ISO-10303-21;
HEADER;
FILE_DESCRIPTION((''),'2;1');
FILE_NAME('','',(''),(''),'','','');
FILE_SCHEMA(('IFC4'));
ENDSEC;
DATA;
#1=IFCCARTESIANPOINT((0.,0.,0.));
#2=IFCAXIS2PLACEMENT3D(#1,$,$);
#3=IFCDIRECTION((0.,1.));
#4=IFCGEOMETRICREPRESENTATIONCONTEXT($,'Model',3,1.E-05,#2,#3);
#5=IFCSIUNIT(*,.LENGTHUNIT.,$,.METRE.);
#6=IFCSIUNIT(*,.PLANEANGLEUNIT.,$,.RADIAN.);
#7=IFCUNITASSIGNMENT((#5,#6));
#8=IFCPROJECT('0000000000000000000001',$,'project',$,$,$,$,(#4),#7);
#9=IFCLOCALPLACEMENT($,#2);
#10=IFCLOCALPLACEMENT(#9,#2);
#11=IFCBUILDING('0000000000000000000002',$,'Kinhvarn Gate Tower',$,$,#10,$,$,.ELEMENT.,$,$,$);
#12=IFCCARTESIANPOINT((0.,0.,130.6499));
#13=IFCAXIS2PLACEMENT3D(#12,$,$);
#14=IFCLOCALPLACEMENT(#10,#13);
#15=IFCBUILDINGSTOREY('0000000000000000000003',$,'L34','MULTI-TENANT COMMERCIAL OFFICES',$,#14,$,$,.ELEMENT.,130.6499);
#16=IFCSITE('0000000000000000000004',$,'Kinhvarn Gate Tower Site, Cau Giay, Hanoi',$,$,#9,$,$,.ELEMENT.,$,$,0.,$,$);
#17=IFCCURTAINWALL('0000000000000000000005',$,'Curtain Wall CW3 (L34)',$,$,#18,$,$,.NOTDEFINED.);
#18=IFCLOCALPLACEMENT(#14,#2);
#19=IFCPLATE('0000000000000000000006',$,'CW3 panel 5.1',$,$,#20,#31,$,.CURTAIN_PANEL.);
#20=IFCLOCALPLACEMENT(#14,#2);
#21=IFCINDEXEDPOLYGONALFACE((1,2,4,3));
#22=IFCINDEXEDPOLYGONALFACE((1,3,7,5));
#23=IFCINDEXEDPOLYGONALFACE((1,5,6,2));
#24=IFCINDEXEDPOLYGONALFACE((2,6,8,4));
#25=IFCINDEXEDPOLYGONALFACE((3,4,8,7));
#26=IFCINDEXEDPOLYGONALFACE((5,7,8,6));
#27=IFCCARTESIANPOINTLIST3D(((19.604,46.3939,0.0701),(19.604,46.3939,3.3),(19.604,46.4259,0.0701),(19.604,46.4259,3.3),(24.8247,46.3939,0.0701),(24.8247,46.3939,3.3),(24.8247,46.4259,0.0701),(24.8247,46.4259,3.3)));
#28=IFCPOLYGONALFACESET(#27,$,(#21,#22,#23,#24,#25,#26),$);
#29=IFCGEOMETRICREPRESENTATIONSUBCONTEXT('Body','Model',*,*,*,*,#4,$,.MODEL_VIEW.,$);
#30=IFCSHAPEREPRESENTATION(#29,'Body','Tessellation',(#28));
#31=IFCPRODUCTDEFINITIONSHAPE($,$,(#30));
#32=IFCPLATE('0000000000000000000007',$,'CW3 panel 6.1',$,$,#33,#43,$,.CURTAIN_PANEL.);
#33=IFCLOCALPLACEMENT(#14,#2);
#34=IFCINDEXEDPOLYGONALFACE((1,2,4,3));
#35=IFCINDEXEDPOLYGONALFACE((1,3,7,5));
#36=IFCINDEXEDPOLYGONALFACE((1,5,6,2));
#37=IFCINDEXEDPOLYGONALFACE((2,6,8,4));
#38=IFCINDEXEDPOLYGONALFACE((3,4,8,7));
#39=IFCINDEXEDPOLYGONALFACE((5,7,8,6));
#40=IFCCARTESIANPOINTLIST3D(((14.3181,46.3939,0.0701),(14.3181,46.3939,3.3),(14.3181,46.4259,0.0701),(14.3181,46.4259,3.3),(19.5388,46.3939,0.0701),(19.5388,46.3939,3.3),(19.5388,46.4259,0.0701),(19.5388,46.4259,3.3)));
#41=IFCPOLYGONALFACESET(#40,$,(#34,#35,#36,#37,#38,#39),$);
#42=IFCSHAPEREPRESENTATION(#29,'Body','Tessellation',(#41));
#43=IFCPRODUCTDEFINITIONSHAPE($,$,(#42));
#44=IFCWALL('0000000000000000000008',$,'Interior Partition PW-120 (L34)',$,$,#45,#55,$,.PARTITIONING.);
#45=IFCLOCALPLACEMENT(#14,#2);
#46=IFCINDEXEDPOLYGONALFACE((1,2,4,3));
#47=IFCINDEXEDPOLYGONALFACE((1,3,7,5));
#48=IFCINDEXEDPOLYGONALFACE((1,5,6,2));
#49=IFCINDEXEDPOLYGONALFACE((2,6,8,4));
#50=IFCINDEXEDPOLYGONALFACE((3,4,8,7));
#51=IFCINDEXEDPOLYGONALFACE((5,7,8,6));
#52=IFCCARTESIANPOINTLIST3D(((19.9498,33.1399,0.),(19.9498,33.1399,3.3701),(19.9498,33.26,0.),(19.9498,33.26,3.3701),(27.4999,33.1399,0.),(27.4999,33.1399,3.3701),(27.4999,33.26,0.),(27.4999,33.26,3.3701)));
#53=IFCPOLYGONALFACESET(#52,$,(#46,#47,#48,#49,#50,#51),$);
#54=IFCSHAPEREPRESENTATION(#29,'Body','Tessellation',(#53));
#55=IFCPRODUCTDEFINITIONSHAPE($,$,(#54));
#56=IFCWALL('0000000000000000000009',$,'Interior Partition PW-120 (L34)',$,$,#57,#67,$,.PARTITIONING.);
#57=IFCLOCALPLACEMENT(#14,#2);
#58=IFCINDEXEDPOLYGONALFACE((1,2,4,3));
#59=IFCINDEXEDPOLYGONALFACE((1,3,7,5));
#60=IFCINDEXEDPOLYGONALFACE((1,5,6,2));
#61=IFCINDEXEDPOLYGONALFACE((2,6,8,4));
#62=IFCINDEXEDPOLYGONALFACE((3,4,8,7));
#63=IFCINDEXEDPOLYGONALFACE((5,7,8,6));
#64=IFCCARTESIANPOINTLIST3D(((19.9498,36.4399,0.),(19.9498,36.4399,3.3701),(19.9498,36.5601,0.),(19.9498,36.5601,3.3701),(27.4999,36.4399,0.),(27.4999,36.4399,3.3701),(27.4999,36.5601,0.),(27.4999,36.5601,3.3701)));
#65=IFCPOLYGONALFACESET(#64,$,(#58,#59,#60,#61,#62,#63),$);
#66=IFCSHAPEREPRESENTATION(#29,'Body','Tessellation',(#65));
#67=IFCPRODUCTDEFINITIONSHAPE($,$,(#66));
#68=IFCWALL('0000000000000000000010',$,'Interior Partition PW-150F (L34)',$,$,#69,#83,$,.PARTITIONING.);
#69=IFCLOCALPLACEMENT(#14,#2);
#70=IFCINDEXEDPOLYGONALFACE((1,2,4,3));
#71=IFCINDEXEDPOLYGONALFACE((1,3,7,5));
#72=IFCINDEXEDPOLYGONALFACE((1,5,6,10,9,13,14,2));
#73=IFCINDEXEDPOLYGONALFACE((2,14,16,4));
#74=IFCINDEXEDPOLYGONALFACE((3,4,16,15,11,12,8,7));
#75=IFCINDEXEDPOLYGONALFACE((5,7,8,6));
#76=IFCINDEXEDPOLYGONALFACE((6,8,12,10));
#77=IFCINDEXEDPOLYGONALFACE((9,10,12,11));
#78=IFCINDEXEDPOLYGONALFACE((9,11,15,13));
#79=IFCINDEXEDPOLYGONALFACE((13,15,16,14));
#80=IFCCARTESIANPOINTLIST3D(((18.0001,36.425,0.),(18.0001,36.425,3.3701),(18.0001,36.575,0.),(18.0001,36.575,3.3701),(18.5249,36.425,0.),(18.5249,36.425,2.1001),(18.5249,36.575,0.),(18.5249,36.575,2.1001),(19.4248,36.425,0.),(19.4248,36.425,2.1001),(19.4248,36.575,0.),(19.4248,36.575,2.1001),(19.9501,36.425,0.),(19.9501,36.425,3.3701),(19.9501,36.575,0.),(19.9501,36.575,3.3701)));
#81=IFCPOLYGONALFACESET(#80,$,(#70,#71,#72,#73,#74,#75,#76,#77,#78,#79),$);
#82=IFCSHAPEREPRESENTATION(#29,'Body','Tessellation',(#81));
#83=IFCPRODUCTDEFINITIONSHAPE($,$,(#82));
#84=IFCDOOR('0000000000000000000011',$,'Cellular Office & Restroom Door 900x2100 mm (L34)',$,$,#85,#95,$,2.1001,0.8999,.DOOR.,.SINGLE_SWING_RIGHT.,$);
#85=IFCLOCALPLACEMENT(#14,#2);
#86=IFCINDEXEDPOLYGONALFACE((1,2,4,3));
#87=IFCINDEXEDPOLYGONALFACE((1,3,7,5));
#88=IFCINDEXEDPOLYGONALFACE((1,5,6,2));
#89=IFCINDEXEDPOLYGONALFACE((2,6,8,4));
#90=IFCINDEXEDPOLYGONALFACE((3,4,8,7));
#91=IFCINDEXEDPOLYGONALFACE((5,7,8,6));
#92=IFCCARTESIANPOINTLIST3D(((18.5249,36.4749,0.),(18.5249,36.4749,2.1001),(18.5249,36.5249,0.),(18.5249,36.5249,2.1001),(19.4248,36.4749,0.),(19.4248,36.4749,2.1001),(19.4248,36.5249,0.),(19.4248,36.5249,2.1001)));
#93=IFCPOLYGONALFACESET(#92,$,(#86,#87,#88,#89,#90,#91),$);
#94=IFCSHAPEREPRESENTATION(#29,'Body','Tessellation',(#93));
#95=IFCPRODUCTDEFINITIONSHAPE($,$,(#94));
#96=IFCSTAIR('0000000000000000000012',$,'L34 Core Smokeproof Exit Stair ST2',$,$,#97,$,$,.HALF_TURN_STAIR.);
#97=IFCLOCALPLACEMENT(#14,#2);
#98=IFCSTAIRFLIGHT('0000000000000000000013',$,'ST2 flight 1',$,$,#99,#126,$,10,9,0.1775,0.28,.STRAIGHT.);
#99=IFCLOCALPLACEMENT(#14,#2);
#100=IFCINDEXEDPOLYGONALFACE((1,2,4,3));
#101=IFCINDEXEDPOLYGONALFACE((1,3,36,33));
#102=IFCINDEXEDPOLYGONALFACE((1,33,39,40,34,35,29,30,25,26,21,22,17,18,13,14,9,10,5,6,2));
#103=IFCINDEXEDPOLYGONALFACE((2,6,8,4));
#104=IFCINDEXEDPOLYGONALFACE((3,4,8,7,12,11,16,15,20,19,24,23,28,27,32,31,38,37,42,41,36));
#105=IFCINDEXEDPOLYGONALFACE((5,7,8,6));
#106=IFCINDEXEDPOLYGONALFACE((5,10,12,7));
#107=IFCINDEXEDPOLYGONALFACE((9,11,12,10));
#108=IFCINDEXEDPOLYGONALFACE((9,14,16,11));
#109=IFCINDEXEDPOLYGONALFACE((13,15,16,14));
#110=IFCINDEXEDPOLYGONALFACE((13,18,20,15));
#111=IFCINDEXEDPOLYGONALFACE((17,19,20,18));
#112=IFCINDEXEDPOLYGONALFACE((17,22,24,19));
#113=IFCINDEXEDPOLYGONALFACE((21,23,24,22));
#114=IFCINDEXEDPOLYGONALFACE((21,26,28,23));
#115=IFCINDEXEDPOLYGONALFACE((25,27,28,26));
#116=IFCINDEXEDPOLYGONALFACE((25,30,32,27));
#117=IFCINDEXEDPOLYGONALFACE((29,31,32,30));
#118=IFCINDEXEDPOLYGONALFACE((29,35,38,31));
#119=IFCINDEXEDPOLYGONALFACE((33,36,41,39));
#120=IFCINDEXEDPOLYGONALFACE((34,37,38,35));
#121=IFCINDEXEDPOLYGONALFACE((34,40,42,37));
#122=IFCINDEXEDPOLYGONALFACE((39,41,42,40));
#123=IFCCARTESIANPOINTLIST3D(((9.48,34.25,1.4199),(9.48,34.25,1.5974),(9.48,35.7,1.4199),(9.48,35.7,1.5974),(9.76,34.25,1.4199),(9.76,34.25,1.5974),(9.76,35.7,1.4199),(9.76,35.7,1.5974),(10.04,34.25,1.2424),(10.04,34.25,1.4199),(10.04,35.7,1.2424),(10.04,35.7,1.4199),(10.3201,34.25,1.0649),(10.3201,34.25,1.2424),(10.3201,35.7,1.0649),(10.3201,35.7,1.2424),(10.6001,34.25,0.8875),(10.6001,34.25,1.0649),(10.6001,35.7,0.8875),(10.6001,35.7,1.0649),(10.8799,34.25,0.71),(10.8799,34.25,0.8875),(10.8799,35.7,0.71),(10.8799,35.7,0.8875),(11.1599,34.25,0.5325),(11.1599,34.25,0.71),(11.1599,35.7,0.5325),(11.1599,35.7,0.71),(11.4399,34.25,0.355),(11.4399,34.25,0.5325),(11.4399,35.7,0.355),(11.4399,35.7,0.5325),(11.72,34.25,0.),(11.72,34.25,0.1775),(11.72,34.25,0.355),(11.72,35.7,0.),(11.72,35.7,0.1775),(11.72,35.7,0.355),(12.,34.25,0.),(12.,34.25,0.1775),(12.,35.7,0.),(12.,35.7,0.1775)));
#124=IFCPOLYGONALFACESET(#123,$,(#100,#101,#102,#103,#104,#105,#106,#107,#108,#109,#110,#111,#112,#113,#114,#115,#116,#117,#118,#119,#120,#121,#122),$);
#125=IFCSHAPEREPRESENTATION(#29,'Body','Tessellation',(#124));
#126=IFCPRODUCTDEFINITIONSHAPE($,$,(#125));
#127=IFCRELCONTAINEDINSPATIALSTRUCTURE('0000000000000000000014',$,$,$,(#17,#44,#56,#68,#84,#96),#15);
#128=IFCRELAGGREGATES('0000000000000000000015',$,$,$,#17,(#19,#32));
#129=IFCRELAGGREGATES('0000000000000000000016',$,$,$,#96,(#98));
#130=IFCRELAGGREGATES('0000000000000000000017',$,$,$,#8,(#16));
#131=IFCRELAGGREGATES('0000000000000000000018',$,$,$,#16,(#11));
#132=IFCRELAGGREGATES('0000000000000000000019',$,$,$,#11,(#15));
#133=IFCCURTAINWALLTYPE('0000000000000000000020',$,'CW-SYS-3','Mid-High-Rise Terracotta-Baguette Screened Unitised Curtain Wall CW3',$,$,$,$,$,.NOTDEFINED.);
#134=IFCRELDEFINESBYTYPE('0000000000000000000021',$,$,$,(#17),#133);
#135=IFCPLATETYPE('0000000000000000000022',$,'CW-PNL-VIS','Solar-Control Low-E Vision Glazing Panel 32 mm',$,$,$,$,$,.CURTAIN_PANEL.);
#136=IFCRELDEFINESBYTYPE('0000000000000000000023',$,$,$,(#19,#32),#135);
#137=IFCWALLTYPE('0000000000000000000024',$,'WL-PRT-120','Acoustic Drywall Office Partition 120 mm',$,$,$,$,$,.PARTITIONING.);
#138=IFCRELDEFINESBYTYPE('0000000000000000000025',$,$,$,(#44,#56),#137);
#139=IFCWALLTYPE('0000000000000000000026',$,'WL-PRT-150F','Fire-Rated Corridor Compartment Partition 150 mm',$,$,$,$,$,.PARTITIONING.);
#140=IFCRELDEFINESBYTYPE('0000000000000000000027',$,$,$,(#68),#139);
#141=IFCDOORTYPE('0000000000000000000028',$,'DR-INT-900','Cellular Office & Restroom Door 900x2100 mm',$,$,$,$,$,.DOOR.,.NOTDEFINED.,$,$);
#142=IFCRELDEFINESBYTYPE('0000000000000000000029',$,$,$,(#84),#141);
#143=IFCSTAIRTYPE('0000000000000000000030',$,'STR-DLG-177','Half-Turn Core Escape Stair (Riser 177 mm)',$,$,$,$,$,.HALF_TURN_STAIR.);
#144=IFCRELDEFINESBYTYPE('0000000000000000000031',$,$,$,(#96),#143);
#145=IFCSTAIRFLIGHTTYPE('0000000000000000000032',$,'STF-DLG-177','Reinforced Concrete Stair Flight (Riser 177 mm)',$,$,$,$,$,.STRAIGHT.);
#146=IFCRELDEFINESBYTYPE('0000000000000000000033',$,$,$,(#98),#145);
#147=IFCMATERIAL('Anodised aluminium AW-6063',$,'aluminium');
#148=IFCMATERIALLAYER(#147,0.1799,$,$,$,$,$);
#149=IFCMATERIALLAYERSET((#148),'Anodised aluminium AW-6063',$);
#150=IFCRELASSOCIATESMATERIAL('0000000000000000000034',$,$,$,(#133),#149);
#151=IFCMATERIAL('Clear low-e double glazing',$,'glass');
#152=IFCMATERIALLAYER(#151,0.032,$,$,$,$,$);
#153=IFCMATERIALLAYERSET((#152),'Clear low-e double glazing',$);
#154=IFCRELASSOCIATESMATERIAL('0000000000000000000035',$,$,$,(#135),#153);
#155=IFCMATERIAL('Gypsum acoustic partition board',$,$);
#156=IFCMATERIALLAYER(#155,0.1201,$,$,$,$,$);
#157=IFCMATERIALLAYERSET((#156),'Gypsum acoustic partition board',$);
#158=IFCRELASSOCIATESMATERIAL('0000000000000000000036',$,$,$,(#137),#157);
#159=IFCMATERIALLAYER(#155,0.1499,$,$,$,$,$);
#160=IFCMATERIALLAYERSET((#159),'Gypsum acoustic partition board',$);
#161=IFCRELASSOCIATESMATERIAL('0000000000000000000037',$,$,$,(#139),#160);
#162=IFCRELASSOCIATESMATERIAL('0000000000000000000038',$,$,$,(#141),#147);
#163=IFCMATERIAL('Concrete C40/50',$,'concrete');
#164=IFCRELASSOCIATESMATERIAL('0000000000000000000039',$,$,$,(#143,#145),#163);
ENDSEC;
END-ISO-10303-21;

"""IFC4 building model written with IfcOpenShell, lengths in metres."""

from ifc_helpers import new_model, si_unit, direction, frame, frame_2d, origin, origin_2d, place, context, subcontext, project, spatial, polyline, rectangle, outline, extrude, material, layer, layer_set, type_object, element, fill, aggregate, save


model = new_model("IFC4")

# Units and contexts
model_context = context("Model", 3, precision=1e-05, world=origin(), true_north=direction((0.0, 1.0)))
body_context = subcontext(model_context, "Body", "Model", "MODEL_VIEW")
ifc_project = project(units=[si_unit("LENGTHUNIT", "METRE"), si_unit("PLANEANGLEUNIT", "RADIAN")], contexts=[model_context])

# Site, building, storey
site_placement = place(None, origin())
site = spatial("IfcSite", under=ifc_project, at=site_placement, Name="Kinhvarn Gate Tower Site, Cau Giay, Hanoi", CompositionType="ELEMENT", RefElevation=0.0)
building_placement = place(site_placement, origin())
building = spatial("IfcBuilding", under=site, at=building_placement, Name="Kinhvarn Gate Tower", CompositionType="ELEMENT")
storey_placement = place(building_placement, frame((0.0, 0.0, 130.6499)))
storey = spatial("IfcBuildingStorey", under=building, at=storey_placement, Name="L34", Description="MULTI-TENANT COMMERCIAL OFFICES", CompositionType="ELEMENT", Elevation=130.6499)

# Curtain wall
ifc_material_1 = material(Name="Anodised aluminium AW-6063", Category="aluminium")
ifc_layer_1 = layer(ifc_material_1, 0.1799)
ifc_layer_set_1 = layer_set([ifc_layer_1], Name="Anodised aluminium AW-6063")
curtain_wall_type = type_object("IfcCurtainWallType", Name="CW-SYS-3", Description="Mid-High-Rise Terracotta-Baguette Screened Unitised Curtain Wall CW3", PredefinedType="NOTDEFINED", material=ifc_layer_set_1)
curtain_wall_placement = place(storey_placement, origin())
curtain_wall = element("IfcCurtainWall", 1, at=curtain_wall_placement, inside=storey, type_object=curtain_wall_type, Name="Curtain Wall CW3 (L34)", PredefinedType="NOTDEFINED")

# Plates
ifc_material_2 = material(Name="Clear low-e double glazing", Category="glass")
ifc_layer_2 = layer(ifc_material_2, 0.032)
ifc_layer_set_2 = layer_set([ifc_layer_2], Name="Clear low-e double glazing")
plate_type = type_object("IfcPlateType", Name="CW-PNL-VIS", Description="Solar-Control Low-E Vision Glazing Panel 32 mm", PredefinedType="CURTAIN_PANEL", material=ifc_layer_set_2)
plate_1_placement = place(storey_placement, frame((22.2144, 46.4099, 0.0701), z_axis=(0.0, 0.0, 1.0), x_axis=(-1.0, 0.0, 0.0)))
plate_1 = element("IfcPlate", 2, at=plate_1_placement, type_object=plate_type, Name="CW3 panel 5.1", PredefinedType="CURTAIN_PANEL", context=body_context, shape_type="SweptSolid", body=[
    extrude(rectangle(XDim=5.2207, YDim=0.032, at=origin_2d()), origin(), (0.0, 0.0, 1.0), 3.23),
])
plate_2_placement = place(storey_placement, frame((16.9285, 46.4099, 0.0701), z_axis=(0.0, 0.0, 1.0), x_axis=(-1.0, 0.0, 0.0)))
plate_2 = element("IfcPlate", 3, at=plate_2_placement, type_object=plate_type, Name="CW3 panel 6.1", PredefinedType="CURTAIN_PANEL", context=body_context, shape_type="SweptSolid", body=[
    extrude(rectangle(XDim=5.2207, YDim=0.032, at=origin_2d()), origin(), (0.0, 0.0, 1.0), 3.23),
])
aggregate(curtain_wall, [plate_1, plate_2])

# Walls
ifc_material_3 = material(Name="Gypsum acoustic partition board")
ifc_layer_3 = layer(ifc_material_3, 0.1201)
ifc_layer_set_3 = layer_set([ifc_layer_3], Name="Gypsum acoustic partition board")
wall_type_1 = type_object("IfcWallType", Name="WL-PRT-120", Description="Acoustic Drywall Office Partition 120 mm", PredefinedType="PARTITIONING", material=ifc_layer_set_3)
for number, where, z_axis, x_axis, name in (
    (4, (19.95, 33.2, 0.0), (0.0, 0.0, 1.0), (1.0, 0.0, 0.0), "Interior Partition PW-120 (L34)"),
    (5, (19.95, 36.5, 0.0), (0.0, 0.0, 1.0), (1.0, 0.0, 0.0), "Interior Partition PW-120 (L34)"),
):
    element("IfcWall", number, at=place(storey_placement, frame(where, z_axis=z_axis, x_axis=x_axis)), inside=storey, type_object=wall_type_1, Name=name, PredefinedType="PARTITIONING", context=body_context, shape_type="SweptSolid", body=[
        extrude(rectangle(XDim=7.55, YDim=0.1201, at=frame_2d((3.7749, 0.0))), origin(), (0.0, 0.0, 1.0), 3.3701),
    ])

# Wall, opening, door
ifc_layer_4 = layer(ifc_material_3, 0.1499)
ifc_layer_set_4 = layer_set([ifc_layer_4], Name="Gypsum acoustic partition board")
wall_type_2 = type_object("IfcWallType", Name="WL-PRT-150F", Description="Fire-Rated Corridor Compartment Partition 150 mm", PredefinedType="PARTITIONING", material=ifc_layer_set_4)
wall_1_placement = place(storey_placement, frame((18.0, 36.5, 0.0), z_axis=(0.0, 0.0, 1.0), x_axis=(1.0, 0.0, 0.0)))
wall_1 = element("IfcWall", 6, at=wall_1_placement, inside=storey, type_object=wall_type_2, Name="Interior Partition PW-150F (L34)", PredefinedType="PARTITIONING", context=body_context, shape_type="SweptSolid", body=[
    extrude(rectangle(XDim=1.95, YDim=0.1499, at=frame_2d((0.9751, 0.0))), origin(), (0.0, 0.0, 1.0), 3.3701),
])
opening_1_placement = place(wall_1_placement, frame((0.5249, 0.0, 0.0)))
opening_1 = element("IfcOpeningElement", 7, at=opening_1_placement, cuts=wall_1, PredefinedType="OPENING", context=body_context, shape_type="SweptSolid", body=[
    extrude(rectangle(XDim=0.8999, YDim=2.1001, at=frame_2d((0.45, 1.05))), frame((0.0, 0.085, 0.0), z_axis=(0.0, -1.0, 0.0), x_axis=(1.0, 0.0, 0.0)), (0.0, 0.0, 1.0), 0.1699),
])
door_type_1 = type_object("IfcDoorType", Name="DR-INT-900", Description="Cellular Office & Restroom Door 900x2100 mm", OperationType="NOTDEFINED", PredefinedType="DOOR", material=ifc_material_1)
door_1_placement = place(opening_1_placement, origin())
door_1 = element("IfcDoor", 8, at=door_1_placement, inside=storey, type_object=door_type_1, Name="Cellular Office & Restroom Door 900x2100 mm (L34)", OperationType="SINGLE_SWING_RIGHT", OverallHeight=2.1001, OverallWidth=0.8999, PredefinedType="DOOR", context=body_context, shape_type="SweptSolid", body=[
    extrude(rectangle(XDim=0.8999, YDim=2.1001, at=frame_2d((0.45, 1.05))), frame((0.0, 0.0249, 0.0), z_axis=(0.0, -1.0, 0.0), x_axis=(1.0, 0.0, 0.0)), (0.0, 0.0, 1.0), 0.05),
])
fill(opening_1, door_1)
ifc_material_4 = material(Name="Concrete C40/50", Category="concrete")

# Stair, stair flight
stair_type = type_object("IfcStairType", Name="STR-DLG-177", Description="Half-Turn Core Escape Stair (Riser 177 mm)", PredefinedType="HALF_TURN_STAIR", material=ifc_material_4)
stair_placement = place(storey_placement, origin())
stair = element("IfcStair", 9, at=stair_placement, inside=storey, type_object=stair_type, Name="L34 Core Smokeproof Exit Stair ST2", PredefinedType="HALF_TURN_STAIR")
stair_flight_type = type_object("IfcStairFlightType", Name="STF-DLG-177", Description="Reinforced Concrete Stair Flight (Riser 177 mm)", PredefinedType="STRAIGHT", material=ifc_material_4)
stair_flight_placement = place(storey_placement, frame((12.0, 34.9751, 0.0), z_axis=(0.0, 0.0, 1.0), x_axis=(-1.0, 0.0, 0.0)))
stair_flight = element("IfcStairFlight", 10, at=stair_flight_placement, type_object=stair_flight_type, Name="ST2 flight 1", NumberOfRisers=10, NumberOfTreads=9, PredefinedType="STRAIGHT", RiserHeight=0.1775, TreadLength=0.28, context=body_context, shape_type="SweptSolid", body=[
    extrude(outline(polyline([(0.0, 0.0), (0.0, 0.1775), (0.28, 0.1775), (0.28, 0.355), (0.5601, 0.355), (0.5601, 0.5325), (0.8401, 0.5325), (0.8401, 0.71), (1.1201, 0.71), (1.1201, 0.8875), (1.3999, 0.8875), (1.3999, 1.0649), (1.6799, 1.0649), (1.6799, 1.2424), (1.96, 1.2424), (1.96, 1.4199), (2.24, 1.4199), (2.24, 1.5974), (2.52, 1.5974), (2.52, 1.7749), (2.52, 1.4199), (0.28, 0.0), (0.0, 0.0)])), frame((0.0, 0.7251, 0.0), z_axis=(0.0, -1.0, 0.0), x_axis=(1.0, 0.0, 0.0)), (0.0, 0.0, 1.0), 1.45),
])
aggregate(stair, [stair_flight])

save(model, "model.ifc")
